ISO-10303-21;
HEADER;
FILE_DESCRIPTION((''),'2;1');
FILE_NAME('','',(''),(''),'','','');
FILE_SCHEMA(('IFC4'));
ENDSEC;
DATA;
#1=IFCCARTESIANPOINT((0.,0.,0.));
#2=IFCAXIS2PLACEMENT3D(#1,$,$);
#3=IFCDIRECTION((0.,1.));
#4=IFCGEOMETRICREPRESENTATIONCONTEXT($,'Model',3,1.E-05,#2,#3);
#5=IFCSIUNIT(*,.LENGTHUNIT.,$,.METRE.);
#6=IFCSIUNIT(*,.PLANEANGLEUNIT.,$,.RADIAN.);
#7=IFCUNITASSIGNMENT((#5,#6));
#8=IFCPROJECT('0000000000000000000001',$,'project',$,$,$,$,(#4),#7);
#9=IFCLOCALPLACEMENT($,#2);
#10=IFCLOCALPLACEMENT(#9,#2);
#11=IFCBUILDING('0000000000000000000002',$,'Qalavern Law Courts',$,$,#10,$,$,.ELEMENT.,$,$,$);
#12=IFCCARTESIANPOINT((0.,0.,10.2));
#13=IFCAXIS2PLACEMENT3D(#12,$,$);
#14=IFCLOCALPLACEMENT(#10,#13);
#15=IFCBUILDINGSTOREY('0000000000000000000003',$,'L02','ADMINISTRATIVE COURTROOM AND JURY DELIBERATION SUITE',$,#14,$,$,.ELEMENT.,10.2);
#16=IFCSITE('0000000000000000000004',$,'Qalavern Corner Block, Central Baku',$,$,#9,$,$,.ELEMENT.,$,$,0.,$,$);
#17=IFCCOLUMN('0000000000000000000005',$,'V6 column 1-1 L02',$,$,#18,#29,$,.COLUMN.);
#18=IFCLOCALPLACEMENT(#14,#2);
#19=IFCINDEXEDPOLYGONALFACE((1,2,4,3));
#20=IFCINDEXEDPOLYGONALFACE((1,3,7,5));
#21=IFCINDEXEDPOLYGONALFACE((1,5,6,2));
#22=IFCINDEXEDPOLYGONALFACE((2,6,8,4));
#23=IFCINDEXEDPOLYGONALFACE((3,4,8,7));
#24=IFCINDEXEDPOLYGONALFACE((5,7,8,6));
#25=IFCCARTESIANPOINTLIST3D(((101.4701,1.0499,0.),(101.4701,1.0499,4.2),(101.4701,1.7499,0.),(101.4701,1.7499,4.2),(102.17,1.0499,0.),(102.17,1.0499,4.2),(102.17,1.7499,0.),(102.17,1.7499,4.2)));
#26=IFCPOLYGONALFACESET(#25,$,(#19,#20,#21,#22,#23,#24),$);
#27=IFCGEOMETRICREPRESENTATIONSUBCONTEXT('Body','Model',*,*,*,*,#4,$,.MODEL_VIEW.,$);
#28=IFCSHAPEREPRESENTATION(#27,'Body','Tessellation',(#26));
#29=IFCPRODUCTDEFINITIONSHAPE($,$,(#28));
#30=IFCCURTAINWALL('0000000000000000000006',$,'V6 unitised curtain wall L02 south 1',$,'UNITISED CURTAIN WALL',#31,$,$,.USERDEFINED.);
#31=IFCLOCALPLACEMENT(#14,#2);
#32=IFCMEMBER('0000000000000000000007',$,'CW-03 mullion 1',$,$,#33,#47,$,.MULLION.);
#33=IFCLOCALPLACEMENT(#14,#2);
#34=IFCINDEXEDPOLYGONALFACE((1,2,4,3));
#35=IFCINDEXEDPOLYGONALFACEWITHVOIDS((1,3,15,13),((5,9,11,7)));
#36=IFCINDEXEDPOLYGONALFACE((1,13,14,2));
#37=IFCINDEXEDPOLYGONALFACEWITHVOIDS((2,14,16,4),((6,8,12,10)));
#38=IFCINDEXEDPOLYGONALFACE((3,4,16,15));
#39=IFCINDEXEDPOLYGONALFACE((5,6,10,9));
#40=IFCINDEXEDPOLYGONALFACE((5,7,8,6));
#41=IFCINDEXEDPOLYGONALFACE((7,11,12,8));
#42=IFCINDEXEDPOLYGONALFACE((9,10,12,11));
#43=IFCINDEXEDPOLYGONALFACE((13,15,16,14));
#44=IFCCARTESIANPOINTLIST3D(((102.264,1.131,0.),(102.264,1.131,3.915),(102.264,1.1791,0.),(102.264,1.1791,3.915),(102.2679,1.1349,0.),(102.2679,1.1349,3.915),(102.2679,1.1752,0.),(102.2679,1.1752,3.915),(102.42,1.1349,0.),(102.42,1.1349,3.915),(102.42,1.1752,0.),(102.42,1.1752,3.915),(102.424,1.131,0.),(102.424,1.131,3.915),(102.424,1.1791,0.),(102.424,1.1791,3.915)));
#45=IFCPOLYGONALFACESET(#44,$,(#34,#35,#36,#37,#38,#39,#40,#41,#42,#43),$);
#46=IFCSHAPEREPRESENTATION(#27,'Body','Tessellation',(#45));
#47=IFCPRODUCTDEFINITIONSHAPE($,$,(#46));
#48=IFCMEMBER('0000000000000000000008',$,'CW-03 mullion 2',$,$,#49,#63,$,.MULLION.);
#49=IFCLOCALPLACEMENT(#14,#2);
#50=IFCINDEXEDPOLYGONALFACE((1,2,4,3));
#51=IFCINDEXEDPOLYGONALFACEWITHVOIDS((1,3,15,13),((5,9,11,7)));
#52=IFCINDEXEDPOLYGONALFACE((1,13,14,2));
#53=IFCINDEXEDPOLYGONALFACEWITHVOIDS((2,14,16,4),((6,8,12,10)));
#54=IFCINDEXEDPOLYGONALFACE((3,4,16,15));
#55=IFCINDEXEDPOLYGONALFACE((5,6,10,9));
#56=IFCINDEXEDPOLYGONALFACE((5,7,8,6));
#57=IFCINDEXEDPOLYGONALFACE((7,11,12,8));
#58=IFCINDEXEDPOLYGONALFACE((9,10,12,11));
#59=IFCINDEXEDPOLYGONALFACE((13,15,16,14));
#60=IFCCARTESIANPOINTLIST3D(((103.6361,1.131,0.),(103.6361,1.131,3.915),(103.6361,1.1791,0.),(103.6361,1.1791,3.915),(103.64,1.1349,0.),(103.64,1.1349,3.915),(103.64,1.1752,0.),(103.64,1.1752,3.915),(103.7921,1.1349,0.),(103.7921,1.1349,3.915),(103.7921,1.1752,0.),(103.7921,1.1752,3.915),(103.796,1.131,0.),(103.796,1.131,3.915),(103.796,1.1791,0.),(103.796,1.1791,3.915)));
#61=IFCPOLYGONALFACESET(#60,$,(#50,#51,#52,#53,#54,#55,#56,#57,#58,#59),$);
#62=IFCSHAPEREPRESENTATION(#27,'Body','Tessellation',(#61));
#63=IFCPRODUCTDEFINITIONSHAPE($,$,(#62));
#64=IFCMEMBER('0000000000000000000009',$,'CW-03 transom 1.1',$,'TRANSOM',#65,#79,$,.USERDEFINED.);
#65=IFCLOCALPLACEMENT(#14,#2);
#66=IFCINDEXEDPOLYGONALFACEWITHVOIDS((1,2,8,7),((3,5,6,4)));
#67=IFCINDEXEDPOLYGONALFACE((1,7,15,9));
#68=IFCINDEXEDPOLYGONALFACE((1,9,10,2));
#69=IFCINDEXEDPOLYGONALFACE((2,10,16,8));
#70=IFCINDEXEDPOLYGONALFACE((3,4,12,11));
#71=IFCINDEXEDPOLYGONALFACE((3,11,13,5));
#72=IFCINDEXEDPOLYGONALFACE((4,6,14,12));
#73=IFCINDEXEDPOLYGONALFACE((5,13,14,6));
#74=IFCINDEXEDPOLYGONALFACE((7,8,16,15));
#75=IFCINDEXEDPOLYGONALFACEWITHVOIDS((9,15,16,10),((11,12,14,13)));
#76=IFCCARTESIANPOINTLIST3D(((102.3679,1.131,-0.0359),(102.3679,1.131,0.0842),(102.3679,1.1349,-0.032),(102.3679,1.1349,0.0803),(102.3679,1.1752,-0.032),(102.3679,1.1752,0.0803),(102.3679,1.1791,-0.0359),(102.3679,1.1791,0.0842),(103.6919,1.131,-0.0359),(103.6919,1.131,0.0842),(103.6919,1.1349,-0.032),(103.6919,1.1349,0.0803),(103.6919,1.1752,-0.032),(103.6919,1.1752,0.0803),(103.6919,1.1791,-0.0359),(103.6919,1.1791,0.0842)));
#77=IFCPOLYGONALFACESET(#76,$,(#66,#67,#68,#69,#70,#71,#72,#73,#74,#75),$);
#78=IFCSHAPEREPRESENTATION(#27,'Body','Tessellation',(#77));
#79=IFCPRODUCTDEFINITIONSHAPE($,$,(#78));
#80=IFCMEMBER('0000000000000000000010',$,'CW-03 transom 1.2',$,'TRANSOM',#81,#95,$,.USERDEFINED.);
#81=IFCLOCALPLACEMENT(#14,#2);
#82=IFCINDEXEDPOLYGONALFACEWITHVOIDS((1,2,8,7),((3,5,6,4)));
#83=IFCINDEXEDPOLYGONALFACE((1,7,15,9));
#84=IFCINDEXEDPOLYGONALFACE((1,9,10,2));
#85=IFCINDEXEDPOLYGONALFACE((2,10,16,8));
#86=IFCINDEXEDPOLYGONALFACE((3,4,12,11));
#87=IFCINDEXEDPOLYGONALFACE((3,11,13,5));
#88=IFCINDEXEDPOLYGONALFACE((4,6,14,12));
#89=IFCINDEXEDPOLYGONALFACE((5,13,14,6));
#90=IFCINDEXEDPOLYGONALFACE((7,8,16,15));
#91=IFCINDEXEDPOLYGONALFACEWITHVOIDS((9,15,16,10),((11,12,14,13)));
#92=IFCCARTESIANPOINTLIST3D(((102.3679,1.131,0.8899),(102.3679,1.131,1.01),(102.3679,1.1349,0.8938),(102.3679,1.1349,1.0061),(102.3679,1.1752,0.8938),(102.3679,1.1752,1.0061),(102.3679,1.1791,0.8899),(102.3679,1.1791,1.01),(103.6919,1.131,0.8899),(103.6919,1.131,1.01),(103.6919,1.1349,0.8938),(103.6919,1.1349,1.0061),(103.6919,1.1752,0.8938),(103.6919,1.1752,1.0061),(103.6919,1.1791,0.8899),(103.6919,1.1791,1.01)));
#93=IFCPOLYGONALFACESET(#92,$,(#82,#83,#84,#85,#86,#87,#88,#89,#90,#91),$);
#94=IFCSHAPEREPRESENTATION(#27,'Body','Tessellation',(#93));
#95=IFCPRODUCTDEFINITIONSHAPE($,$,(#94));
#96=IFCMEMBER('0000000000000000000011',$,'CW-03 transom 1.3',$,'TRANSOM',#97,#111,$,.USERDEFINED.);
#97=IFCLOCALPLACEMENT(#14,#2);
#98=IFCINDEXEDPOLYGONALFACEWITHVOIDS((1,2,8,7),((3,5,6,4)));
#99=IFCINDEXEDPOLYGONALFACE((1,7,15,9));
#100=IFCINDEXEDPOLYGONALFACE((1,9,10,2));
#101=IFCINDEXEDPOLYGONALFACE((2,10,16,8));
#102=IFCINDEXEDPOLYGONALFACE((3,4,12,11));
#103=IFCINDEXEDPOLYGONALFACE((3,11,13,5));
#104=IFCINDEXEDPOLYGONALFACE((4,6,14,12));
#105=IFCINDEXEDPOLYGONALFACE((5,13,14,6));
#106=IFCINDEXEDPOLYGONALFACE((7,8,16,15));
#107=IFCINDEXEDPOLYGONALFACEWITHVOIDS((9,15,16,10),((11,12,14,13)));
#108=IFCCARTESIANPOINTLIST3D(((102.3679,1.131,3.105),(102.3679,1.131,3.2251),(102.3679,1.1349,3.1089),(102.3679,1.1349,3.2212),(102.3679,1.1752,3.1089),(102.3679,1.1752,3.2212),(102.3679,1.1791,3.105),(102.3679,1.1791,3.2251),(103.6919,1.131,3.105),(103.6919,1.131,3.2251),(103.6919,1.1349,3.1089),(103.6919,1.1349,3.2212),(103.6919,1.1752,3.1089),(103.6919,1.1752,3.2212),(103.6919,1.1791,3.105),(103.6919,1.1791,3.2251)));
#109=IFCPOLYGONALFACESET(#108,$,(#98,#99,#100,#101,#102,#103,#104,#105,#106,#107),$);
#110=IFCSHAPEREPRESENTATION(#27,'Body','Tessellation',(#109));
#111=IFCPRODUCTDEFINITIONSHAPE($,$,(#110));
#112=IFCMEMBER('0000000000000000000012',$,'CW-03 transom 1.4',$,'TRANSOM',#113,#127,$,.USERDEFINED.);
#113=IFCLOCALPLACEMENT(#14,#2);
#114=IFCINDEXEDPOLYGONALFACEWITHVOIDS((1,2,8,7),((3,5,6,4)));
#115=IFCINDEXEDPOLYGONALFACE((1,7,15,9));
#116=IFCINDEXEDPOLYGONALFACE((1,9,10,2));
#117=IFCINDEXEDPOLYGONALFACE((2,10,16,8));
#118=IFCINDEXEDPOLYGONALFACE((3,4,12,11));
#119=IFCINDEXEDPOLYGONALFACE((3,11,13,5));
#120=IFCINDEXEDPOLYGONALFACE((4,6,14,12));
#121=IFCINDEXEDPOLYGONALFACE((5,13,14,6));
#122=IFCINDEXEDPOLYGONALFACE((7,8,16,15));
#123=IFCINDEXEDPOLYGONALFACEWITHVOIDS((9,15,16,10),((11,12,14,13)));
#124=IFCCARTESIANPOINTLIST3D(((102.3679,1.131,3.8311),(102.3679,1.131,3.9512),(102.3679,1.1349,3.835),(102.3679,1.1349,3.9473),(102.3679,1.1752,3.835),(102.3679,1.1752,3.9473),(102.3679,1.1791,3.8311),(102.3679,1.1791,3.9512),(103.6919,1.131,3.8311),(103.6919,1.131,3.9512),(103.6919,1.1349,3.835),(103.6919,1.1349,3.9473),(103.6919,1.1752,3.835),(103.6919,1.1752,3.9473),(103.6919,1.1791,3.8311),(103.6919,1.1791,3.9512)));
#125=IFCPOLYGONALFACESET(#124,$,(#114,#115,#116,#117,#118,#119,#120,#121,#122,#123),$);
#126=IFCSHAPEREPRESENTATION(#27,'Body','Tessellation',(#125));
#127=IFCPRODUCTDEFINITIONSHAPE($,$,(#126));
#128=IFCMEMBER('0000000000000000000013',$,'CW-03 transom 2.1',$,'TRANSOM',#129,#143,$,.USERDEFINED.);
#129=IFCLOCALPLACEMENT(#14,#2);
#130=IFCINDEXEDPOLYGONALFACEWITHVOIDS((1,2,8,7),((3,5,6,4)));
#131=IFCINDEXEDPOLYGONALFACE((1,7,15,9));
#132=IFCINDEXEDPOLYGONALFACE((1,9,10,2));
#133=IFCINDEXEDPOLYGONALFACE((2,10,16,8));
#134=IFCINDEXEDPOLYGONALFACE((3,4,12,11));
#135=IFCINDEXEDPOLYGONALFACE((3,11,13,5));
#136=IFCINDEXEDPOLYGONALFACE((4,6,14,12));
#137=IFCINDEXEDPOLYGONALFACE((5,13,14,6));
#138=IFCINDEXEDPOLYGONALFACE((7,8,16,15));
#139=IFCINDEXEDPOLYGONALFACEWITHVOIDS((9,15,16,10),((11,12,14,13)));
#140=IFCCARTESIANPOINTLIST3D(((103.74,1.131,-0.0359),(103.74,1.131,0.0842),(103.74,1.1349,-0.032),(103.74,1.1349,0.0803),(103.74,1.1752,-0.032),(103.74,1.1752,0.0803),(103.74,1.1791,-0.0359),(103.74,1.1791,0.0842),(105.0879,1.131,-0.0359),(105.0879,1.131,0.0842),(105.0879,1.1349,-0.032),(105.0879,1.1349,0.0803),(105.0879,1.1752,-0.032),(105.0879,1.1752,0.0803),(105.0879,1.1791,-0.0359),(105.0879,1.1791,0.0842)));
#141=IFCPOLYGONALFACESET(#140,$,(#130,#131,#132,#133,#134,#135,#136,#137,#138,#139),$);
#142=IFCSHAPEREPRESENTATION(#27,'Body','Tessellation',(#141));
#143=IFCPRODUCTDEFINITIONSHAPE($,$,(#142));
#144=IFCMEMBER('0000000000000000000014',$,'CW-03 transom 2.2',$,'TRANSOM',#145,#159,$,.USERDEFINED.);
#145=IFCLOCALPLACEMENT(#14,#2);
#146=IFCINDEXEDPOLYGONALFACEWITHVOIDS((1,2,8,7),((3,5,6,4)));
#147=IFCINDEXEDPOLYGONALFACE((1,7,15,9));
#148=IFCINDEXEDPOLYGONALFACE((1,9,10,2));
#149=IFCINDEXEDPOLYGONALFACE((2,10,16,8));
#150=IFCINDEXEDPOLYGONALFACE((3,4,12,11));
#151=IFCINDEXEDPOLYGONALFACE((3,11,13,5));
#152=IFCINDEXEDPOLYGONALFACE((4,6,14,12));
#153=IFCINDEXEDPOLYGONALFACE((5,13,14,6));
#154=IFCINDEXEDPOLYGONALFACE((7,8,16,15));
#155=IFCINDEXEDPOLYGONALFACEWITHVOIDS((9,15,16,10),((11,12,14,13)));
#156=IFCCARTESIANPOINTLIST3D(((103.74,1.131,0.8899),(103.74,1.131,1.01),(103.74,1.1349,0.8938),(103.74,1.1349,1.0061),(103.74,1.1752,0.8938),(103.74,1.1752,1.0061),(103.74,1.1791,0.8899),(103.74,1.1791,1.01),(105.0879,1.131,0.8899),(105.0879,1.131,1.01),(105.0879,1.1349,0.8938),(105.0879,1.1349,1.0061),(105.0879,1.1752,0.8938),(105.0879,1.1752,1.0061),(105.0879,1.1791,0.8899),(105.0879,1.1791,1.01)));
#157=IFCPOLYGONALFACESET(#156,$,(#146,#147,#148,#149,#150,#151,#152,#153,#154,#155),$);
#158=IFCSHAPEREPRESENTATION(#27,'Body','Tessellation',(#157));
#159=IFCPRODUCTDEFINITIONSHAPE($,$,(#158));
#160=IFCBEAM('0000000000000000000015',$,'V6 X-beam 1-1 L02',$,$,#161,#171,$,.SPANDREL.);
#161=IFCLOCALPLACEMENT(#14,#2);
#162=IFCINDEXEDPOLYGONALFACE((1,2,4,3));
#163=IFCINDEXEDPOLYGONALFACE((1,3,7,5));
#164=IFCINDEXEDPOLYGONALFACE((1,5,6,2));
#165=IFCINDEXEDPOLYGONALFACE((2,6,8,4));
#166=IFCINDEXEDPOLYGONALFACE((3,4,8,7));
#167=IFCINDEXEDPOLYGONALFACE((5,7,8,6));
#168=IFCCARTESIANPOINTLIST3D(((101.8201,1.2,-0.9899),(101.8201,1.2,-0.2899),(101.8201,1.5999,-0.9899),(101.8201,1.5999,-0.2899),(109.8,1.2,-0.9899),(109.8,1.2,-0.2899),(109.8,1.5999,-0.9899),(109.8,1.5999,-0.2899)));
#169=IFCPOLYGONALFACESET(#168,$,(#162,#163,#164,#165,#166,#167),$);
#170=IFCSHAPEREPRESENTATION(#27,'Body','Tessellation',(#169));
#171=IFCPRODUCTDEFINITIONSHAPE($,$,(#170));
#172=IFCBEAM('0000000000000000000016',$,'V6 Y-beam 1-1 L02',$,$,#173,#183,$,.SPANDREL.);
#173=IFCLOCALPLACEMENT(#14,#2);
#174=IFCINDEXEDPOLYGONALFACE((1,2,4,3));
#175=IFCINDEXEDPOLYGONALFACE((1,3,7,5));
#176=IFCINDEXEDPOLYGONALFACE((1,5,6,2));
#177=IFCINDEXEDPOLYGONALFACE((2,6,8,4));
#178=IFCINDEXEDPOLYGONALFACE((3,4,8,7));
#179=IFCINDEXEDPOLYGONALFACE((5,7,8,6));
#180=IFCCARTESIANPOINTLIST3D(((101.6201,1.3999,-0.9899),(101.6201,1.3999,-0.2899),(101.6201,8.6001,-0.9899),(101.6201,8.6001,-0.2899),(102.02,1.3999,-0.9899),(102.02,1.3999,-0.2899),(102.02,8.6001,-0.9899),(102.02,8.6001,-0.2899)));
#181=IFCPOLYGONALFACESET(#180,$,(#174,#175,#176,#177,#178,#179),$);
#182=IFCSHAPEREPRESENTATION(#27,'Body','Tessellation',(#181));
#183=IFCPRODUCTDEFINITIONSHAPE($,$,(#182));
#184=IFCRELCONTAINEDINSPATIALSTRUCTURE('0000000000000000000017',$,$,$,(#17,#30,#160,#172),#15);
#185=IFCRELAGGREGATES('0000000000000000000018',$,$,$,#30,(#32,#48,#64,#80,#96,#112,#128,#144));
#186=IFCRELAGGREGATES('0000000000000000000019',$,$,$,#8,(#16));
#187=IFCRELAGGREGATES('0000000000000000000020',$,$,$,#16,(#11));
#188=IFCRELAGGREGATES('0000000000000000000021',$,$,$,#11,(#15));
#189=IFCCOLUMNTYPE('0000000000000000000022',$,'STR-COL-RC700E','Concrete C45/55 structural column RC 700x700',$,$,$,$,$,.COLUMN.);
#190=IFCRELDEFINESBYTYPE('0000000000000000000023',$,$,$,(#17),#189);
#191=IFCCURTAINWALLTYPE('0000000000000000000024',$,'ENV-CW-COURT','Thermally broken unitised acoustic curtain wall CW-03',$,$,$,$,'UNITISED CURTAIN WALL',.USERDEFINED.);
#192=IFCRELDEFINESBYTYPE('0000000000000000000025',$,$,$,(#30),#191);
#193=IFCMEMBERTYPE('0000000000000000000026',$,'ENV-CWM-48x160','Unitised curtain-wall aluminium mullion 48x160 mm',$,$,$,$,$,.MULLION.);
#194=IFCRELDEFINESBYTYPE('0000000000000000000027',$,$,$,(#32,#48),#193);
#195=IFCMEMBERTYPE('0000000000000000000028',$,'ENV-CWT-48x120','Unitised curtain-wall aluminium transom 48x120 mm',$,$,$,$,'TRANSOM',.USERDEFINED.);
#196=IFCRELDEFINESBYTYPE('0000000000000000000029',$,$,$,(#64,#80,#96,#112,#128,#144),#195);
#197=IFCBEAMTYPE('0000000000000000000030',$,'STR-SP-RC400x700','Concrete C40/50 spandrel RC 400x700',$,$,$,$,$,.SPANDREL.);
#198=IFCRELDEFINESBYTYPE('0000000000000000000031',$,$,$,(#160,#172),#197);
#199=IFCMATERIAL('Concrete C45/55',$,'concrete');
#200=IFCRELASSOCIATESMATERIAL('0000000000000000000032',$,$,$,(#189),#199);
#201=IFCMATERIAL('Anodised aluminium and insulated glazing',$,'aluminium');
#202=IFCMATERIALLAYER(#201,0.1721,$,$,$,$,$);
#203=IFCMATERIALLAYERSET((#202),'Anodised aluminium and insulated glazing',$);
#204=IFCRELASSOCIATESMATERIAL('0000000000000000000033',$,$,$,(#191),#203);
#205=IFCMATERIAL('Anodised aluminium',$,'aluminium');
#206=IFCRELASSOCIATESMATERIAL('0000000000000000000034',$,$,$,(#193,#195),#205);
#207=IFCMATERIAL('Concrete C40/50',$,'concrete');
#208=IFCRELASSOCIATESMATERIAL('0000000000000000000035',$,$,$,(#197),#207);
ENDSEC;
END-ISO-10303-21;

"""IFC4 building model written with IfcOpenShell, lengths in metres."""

from ifc_helpers import new_model, si_unit, direction, frame, origin, origin_2d, place, context, subcontext, project, spatial, rectangle, hollow_rectangle, extrude, material, layer, layer_set, material_profile, profile_set, type_object, element, aggregate, save


model = new_model("IFC4")

# Units and contexts
model_context = context("Model", 3, precision=1e-05, world=origin(), true_north=direction((0.0, 1.0)))
body_context = subcontext(model_context, "Body", "Model", "MODEL_VIEW")
ifc_project = project(units=[si_unit("LENGTHUNIT", "METRE"), si_unit("PLANEANGLEUNIT", "RADIAN")], contexts=[model_context])

# Site, building, storey
site_placement = place(None, origin())
site = spatial("IfcSite", under=ifc_project, at=site_placement, Name="Qalavern Corner Block, Central Baku", CompositionType="ELEMENT", RefElevation=0.0)
building_placement = place(site_placement, origin())
building = spatial("IfcBuilding", under=site, at=building_placement, Name="Qalavern Law Courts", CompositionType="ELEMENT")
storey_placement = place(building_placement, frame((0.0, 0.0, 10.2)))
storey = spatial("IfcBuildingStorey", under=building, at=storey_placement, Name="L02", Description="ADMINISTRATIVE COURTROOM AND JURY DELIBERATION SUITE", CompositionType="ELEMENT", Elevation=10.2)

# Column
ifc_material_1 = material(Name="Concrete C45/55", Category="concrete")
ifc_material_profile_1 = material_profile(ifc_material_1, rectangle(XDim=0.7, YDim=0.7, at=origin_2d()), Name="RC 700x700")
ifc_profile_set_1 = profile_set([ifc_material_profile_1], Name="Concrete C45/55")
column_type = type_object("IfcColumnType", Name="STR-COL-RC700E", Description="Concrete C45/55 structural column RC 700x700", PredefinedType="COLUMN", material=ifc_profile_set_1)
column_placement = place(storey_placement, frame((101.8201, 1.3999, 0.0), z_axis=(0.0, 0.0, 1.0), x_axis=(1.0, 0.0, 0.0)))
element("IfcColumn", 1, at=column_placement, inside=storey, type_object=column_type, Name="V6 column 1-1 L02", PredefinedType="COLUMN", context=body_context, shape_type="SweptSolid", body=[
    extrude(rectangle(XDim=0.7, YDim=0.7, at=origin_2d()), origin(), (0.0, 0.0, 1.0), 4.2),
])

# Curtain wall, members
ifc_material_2 = material(Name="Anodised aluminium and insulated glazing", Category="aluminium")
ifc_layer_1 = layer(ifc_material_2, 0.1721)
ifc_layer_set_1 = layer_set([ifc_layer_1], Name="Anodised aluminium and insulated glazing")
curtain_wall_type = type_object("IfcCurtainWallType", Name="ENV-CW-COURT", Description="Thermally broken unitised acoustic curtain wall CW-03", ElementType="UNITISED CURTAIN WALL", PredefinedType="USERDEFINED", material=ifc_layer_set_1)
curtain_wall_placement = place(storey_placement, origin())
curtain_wall = element("IfcCurtainWall", 2, at=curtain_wall_placement, inside=storey, type_object=curtain_wall_type, Name="V6 unitised curtain wall L02 south 1", ObjectType="UNITISED CURTAIN WALL", PredefinedType="USERDEFINED")
ifc_material_3 = material(Name="Anodised aluminium", Category="aluminium")
ifc_material_profile_2 = material_profile(ifc_material_3, hollow_rectangle(XDim=0.0481, YDim=0.1599, WallThickness=0.0039, at=origin_2d()), Name="ALU MULLION 48x160")
ifc_profile_set_2 = profile_set([ifc_material_profile_2], Name="Anodised aluminium")
member_type_1 = type_object("IfcMemberType", Name="ENV-CWM-48x160", Description="Unitised curtain-wall aluminium mullion 48x160 mm", PredefinedType="MULLION", material=ifc_profile_set_2)
member_1_placement = place(storey_placement, frame((102.344, 1.155, 0.0), z_axis=(0.0, 0.0, 1.0), x_axis=(0.0, 1.0, 0.0)))
member_1 = element("IfcMember", 3, at=member_1_placement, type_object=member_type_1, Name="CW-03 mullion 1", PredefinedType="MULLION", context=body_context, shape_type="SweptSolid", body=[
    extrude(hollow_rectangle(XDim=0.0481, YDim=0.1599, WallThickness=0.0039, at=origin_2d()), origin(), (0.0, 0.0, 1.0), 3.915),
])
member_2_placement = place(storey_placement, frame((103.7161, 1.155, 0.0), z_axis=(0.0, 0.0, 1.0), x_axis=(0.0, 1.0, 0.0)))
member_2 = element("IfcMember", 4, at=member_2_placement, type_object=member_type_1, Name="CW-03 mullion 2", PredefinedType="MULLION", context=body_context, shape_type="SweptSolid", body=[
    extrude(hollow_rectangle(XDim=0.0481, YDim=0.1599, WallThickness=0.0039, at=origin_2d()), origin(), (0.0, 0.0, 1.0), 3.915),
])
ifc_material_profile_3 = material_profile(ifc_material_3, hollow_rectangle(XDim=0.0481, YDim=0.1201, WallThickness=0.0039, at=origin_2d()), Name="ALU TRANSOM 48x120")
ifc_profile_set_3 = profile_set([ifc_material_profile_3], Name="Anodised aluminium")
member_type_2 = type_object("IfcMemberType", Name="ENV-CWT-48x120", Description="Unitised curtain-wall aluminium transom 48x120 mm", ElementType="TRANSOM", PredefinedType="USERDEFINED", material=ifc_profile_set_3)
member_3_placement = place(storey_placement, frame((102.3679, 1.155, 0.0242), z_axis=(1.0, 0.0, 0.0), x_axis=(0.0, 1.0, 0.0)))
member_3 = element("IfcMember", 5, at=member_3_placement, type_object=member_type_2, Name="CW-03 transom 1.1", ObjectType="TRANSOM", PredefinedType="USERDEFINED", context=body_context, shape_type="SweptSolid", body=[
    extrude(hollow_rectangle(XDim=0.0481, YDim=0.1201, WallThickness=0.0039, at=origin_2d()), origin(), (0.0, 0.0, 1.0), 1.324),
])
member_4_placement = place(storey_placement, frame((102.3679, 1.155, 0.95), z_axis=(1.0, 0.0, 0.0), x_axis=(0.0, 1.0, 0.0)))
member_4 = element("IfcMember", 6, at=member_4_placement, type_object=member_type_2, Name="CW-03 transom 1.2", ObjectType="TRANSOM", PredefinedType="USERDEFINED", context=body_context, shape_type="SweptSolid", body=[
    extrude(hollow_rectangle(XDim=0.0481, YDim=0.1201, WallThickness=0.0039, at=origin_2d()), origin(), (0.0, 0.0, 1.0), 1.324),
])
member_5_placement = place(storey_placement, frame((102.3679, 1.155, 3.165), z_axis=(1.0, 0.0, 0.0), x_axis=(0.0, 1.0, 0.0)))
member_5 = element("IfcMember", 7, at=member_5_placement, type_object=member_type_2, Name="CW-03 transom 1.3", ObjectType="TRANSOM", PredefinedType="USERDEFINED", context=body_context, shape_type="SweptSolid", body=[
    extrude(hollow_rectangle(XDim=0.0481, YDim=0.1201, WallThickness=0.0039, at=origin_2d()), origin(), (0.0, 0.0, 1.0), 1.324),
])
member_6_placement = place(storey_placement, frame((102.3679, 1.155, 3.8911), z_axis=(1.0, 0.0, 0.0), x_axis=(0.0, 1.0, 0.0)))
member_6 = element("IfcMember", 8, at=member_6_placement, type_object=member_type_2, Name="CW-03 transom 1.4", ObjectType="TRANSOM", PredefinedType="USERDEFINED", context=body_context, shape_type="SweptSolid", body=[
    extrude(hollow_rectangle(XDim=0.0481, YDim=0.1201, WallThickness=0.0039, at=origin_2d()), origin(), (0.0, 0.0, 1.0), 1.324),
])
member_7_placement = place(storey_placement, frame((103.74, 1.155, 0.0242), z_axis=(1.0, 0.0, 0.0), x_axis=(0.0, 1.0, 0.0)))
member_7 = element("IfcMember", 9, at=member_7_placement, type_object=member_type_2, Name="CW-03 transom 2.1", ObjectType="TRANSOM", PredefinedType="USERDEFINED", context=body_context, shape_type="SweptSolid", body=[
    extrude(hollow_rectangle(XDim=0.0481, YDim=0.1201, WallThickness=0.0039, at=origin_2d()), origin(), (0.0, 0.0, 1.0), 1.3479),
])
member_8_placement = place(storey_placement, frame((103.74, 1.155, 0.95), z_axis=(1.0, 0.0, 0.0), x_axis=(0.0, 1.0, 0.0)))
member_8 = element("IfcMember", 10, at=member_8_placement, type_object=member_type_2, Name="CW-03 transom 2.2", ObjectType="TRANSOM", PredefinedType="USERDEFINED", context=body_context, shape_type="SweptSolid", body=[
    extrude(hollow_rectangle(XDim=0.0481, YDim=0.1201, WallThickness=0.0039, at=origin_2d()), origin(), (0.0, 0.0, 1.0), 1.3479),
])

# Beams
ifc_material_4 = material(Name="Concrete C40/50", Category="concrete")
ifc_material_profile_4 = material_profile(ifc_material_4, rectangle(XDim=0.3999, YDim=0.7, at=origin_2d()), Name="RC 400x700")
ifc_profile_set_4 = profile_set([ifc_material_profile_4], Name="Concrete C40/50")
beam_type = type_object("IfcBeamType", Name="STR-SP-RC400x700", Description="Concrete C40/50 spandrel RC 400x700", PredefinedType="SPANDREL", material=ifc_profile_set_4)
beam_1_placement = place(storey_placement, frame((101.8201, 1.3999, -0.6399), z_axis=(1.0, 0.0, 0.0), x_axis=(0.0, 1.0, 0.0)))
element("IfcBeam", 11, at=beam_1_placement, inside=storey, type_object=beam_type, Name="V6 X-beam 1-1 L02", PredefinedType="SPANDREL", context=body_context, shape_type="SweptSolid", body=[
    extrude(rectangle(XDim=0.3999, YDim=0.7, at=origin_2d()), origin(), (0.0, 0.0, 1.0), 7.98),
])
beam_2_placement = place(storey_placement, frame((101.8201, 1.3999, -0.6399), z_axis=(0.0, 1.0, 0.0), x_axis=(-1.0, 0.0, 0.0)))
element("IfcBeam", 12, at=beam_2_placement, inside=storey, type_object=beam_type, Name="V6 Y-beam 1-1 L02", PredefinedType="SPANDREL", context=body_context, shape_type="SweptSolid", body=[
    extrude(rectangle(XDim=0.3999, YDim=0.7, at=origin_2d()), origin(), (0.0, 0.0, 1.0), 7.2002),
])

aggregate(curtain_wall, [member_1, member_2, member_3, member_4, member_5, member_6, member_7, member_8])

save(model, "model.ifc")
